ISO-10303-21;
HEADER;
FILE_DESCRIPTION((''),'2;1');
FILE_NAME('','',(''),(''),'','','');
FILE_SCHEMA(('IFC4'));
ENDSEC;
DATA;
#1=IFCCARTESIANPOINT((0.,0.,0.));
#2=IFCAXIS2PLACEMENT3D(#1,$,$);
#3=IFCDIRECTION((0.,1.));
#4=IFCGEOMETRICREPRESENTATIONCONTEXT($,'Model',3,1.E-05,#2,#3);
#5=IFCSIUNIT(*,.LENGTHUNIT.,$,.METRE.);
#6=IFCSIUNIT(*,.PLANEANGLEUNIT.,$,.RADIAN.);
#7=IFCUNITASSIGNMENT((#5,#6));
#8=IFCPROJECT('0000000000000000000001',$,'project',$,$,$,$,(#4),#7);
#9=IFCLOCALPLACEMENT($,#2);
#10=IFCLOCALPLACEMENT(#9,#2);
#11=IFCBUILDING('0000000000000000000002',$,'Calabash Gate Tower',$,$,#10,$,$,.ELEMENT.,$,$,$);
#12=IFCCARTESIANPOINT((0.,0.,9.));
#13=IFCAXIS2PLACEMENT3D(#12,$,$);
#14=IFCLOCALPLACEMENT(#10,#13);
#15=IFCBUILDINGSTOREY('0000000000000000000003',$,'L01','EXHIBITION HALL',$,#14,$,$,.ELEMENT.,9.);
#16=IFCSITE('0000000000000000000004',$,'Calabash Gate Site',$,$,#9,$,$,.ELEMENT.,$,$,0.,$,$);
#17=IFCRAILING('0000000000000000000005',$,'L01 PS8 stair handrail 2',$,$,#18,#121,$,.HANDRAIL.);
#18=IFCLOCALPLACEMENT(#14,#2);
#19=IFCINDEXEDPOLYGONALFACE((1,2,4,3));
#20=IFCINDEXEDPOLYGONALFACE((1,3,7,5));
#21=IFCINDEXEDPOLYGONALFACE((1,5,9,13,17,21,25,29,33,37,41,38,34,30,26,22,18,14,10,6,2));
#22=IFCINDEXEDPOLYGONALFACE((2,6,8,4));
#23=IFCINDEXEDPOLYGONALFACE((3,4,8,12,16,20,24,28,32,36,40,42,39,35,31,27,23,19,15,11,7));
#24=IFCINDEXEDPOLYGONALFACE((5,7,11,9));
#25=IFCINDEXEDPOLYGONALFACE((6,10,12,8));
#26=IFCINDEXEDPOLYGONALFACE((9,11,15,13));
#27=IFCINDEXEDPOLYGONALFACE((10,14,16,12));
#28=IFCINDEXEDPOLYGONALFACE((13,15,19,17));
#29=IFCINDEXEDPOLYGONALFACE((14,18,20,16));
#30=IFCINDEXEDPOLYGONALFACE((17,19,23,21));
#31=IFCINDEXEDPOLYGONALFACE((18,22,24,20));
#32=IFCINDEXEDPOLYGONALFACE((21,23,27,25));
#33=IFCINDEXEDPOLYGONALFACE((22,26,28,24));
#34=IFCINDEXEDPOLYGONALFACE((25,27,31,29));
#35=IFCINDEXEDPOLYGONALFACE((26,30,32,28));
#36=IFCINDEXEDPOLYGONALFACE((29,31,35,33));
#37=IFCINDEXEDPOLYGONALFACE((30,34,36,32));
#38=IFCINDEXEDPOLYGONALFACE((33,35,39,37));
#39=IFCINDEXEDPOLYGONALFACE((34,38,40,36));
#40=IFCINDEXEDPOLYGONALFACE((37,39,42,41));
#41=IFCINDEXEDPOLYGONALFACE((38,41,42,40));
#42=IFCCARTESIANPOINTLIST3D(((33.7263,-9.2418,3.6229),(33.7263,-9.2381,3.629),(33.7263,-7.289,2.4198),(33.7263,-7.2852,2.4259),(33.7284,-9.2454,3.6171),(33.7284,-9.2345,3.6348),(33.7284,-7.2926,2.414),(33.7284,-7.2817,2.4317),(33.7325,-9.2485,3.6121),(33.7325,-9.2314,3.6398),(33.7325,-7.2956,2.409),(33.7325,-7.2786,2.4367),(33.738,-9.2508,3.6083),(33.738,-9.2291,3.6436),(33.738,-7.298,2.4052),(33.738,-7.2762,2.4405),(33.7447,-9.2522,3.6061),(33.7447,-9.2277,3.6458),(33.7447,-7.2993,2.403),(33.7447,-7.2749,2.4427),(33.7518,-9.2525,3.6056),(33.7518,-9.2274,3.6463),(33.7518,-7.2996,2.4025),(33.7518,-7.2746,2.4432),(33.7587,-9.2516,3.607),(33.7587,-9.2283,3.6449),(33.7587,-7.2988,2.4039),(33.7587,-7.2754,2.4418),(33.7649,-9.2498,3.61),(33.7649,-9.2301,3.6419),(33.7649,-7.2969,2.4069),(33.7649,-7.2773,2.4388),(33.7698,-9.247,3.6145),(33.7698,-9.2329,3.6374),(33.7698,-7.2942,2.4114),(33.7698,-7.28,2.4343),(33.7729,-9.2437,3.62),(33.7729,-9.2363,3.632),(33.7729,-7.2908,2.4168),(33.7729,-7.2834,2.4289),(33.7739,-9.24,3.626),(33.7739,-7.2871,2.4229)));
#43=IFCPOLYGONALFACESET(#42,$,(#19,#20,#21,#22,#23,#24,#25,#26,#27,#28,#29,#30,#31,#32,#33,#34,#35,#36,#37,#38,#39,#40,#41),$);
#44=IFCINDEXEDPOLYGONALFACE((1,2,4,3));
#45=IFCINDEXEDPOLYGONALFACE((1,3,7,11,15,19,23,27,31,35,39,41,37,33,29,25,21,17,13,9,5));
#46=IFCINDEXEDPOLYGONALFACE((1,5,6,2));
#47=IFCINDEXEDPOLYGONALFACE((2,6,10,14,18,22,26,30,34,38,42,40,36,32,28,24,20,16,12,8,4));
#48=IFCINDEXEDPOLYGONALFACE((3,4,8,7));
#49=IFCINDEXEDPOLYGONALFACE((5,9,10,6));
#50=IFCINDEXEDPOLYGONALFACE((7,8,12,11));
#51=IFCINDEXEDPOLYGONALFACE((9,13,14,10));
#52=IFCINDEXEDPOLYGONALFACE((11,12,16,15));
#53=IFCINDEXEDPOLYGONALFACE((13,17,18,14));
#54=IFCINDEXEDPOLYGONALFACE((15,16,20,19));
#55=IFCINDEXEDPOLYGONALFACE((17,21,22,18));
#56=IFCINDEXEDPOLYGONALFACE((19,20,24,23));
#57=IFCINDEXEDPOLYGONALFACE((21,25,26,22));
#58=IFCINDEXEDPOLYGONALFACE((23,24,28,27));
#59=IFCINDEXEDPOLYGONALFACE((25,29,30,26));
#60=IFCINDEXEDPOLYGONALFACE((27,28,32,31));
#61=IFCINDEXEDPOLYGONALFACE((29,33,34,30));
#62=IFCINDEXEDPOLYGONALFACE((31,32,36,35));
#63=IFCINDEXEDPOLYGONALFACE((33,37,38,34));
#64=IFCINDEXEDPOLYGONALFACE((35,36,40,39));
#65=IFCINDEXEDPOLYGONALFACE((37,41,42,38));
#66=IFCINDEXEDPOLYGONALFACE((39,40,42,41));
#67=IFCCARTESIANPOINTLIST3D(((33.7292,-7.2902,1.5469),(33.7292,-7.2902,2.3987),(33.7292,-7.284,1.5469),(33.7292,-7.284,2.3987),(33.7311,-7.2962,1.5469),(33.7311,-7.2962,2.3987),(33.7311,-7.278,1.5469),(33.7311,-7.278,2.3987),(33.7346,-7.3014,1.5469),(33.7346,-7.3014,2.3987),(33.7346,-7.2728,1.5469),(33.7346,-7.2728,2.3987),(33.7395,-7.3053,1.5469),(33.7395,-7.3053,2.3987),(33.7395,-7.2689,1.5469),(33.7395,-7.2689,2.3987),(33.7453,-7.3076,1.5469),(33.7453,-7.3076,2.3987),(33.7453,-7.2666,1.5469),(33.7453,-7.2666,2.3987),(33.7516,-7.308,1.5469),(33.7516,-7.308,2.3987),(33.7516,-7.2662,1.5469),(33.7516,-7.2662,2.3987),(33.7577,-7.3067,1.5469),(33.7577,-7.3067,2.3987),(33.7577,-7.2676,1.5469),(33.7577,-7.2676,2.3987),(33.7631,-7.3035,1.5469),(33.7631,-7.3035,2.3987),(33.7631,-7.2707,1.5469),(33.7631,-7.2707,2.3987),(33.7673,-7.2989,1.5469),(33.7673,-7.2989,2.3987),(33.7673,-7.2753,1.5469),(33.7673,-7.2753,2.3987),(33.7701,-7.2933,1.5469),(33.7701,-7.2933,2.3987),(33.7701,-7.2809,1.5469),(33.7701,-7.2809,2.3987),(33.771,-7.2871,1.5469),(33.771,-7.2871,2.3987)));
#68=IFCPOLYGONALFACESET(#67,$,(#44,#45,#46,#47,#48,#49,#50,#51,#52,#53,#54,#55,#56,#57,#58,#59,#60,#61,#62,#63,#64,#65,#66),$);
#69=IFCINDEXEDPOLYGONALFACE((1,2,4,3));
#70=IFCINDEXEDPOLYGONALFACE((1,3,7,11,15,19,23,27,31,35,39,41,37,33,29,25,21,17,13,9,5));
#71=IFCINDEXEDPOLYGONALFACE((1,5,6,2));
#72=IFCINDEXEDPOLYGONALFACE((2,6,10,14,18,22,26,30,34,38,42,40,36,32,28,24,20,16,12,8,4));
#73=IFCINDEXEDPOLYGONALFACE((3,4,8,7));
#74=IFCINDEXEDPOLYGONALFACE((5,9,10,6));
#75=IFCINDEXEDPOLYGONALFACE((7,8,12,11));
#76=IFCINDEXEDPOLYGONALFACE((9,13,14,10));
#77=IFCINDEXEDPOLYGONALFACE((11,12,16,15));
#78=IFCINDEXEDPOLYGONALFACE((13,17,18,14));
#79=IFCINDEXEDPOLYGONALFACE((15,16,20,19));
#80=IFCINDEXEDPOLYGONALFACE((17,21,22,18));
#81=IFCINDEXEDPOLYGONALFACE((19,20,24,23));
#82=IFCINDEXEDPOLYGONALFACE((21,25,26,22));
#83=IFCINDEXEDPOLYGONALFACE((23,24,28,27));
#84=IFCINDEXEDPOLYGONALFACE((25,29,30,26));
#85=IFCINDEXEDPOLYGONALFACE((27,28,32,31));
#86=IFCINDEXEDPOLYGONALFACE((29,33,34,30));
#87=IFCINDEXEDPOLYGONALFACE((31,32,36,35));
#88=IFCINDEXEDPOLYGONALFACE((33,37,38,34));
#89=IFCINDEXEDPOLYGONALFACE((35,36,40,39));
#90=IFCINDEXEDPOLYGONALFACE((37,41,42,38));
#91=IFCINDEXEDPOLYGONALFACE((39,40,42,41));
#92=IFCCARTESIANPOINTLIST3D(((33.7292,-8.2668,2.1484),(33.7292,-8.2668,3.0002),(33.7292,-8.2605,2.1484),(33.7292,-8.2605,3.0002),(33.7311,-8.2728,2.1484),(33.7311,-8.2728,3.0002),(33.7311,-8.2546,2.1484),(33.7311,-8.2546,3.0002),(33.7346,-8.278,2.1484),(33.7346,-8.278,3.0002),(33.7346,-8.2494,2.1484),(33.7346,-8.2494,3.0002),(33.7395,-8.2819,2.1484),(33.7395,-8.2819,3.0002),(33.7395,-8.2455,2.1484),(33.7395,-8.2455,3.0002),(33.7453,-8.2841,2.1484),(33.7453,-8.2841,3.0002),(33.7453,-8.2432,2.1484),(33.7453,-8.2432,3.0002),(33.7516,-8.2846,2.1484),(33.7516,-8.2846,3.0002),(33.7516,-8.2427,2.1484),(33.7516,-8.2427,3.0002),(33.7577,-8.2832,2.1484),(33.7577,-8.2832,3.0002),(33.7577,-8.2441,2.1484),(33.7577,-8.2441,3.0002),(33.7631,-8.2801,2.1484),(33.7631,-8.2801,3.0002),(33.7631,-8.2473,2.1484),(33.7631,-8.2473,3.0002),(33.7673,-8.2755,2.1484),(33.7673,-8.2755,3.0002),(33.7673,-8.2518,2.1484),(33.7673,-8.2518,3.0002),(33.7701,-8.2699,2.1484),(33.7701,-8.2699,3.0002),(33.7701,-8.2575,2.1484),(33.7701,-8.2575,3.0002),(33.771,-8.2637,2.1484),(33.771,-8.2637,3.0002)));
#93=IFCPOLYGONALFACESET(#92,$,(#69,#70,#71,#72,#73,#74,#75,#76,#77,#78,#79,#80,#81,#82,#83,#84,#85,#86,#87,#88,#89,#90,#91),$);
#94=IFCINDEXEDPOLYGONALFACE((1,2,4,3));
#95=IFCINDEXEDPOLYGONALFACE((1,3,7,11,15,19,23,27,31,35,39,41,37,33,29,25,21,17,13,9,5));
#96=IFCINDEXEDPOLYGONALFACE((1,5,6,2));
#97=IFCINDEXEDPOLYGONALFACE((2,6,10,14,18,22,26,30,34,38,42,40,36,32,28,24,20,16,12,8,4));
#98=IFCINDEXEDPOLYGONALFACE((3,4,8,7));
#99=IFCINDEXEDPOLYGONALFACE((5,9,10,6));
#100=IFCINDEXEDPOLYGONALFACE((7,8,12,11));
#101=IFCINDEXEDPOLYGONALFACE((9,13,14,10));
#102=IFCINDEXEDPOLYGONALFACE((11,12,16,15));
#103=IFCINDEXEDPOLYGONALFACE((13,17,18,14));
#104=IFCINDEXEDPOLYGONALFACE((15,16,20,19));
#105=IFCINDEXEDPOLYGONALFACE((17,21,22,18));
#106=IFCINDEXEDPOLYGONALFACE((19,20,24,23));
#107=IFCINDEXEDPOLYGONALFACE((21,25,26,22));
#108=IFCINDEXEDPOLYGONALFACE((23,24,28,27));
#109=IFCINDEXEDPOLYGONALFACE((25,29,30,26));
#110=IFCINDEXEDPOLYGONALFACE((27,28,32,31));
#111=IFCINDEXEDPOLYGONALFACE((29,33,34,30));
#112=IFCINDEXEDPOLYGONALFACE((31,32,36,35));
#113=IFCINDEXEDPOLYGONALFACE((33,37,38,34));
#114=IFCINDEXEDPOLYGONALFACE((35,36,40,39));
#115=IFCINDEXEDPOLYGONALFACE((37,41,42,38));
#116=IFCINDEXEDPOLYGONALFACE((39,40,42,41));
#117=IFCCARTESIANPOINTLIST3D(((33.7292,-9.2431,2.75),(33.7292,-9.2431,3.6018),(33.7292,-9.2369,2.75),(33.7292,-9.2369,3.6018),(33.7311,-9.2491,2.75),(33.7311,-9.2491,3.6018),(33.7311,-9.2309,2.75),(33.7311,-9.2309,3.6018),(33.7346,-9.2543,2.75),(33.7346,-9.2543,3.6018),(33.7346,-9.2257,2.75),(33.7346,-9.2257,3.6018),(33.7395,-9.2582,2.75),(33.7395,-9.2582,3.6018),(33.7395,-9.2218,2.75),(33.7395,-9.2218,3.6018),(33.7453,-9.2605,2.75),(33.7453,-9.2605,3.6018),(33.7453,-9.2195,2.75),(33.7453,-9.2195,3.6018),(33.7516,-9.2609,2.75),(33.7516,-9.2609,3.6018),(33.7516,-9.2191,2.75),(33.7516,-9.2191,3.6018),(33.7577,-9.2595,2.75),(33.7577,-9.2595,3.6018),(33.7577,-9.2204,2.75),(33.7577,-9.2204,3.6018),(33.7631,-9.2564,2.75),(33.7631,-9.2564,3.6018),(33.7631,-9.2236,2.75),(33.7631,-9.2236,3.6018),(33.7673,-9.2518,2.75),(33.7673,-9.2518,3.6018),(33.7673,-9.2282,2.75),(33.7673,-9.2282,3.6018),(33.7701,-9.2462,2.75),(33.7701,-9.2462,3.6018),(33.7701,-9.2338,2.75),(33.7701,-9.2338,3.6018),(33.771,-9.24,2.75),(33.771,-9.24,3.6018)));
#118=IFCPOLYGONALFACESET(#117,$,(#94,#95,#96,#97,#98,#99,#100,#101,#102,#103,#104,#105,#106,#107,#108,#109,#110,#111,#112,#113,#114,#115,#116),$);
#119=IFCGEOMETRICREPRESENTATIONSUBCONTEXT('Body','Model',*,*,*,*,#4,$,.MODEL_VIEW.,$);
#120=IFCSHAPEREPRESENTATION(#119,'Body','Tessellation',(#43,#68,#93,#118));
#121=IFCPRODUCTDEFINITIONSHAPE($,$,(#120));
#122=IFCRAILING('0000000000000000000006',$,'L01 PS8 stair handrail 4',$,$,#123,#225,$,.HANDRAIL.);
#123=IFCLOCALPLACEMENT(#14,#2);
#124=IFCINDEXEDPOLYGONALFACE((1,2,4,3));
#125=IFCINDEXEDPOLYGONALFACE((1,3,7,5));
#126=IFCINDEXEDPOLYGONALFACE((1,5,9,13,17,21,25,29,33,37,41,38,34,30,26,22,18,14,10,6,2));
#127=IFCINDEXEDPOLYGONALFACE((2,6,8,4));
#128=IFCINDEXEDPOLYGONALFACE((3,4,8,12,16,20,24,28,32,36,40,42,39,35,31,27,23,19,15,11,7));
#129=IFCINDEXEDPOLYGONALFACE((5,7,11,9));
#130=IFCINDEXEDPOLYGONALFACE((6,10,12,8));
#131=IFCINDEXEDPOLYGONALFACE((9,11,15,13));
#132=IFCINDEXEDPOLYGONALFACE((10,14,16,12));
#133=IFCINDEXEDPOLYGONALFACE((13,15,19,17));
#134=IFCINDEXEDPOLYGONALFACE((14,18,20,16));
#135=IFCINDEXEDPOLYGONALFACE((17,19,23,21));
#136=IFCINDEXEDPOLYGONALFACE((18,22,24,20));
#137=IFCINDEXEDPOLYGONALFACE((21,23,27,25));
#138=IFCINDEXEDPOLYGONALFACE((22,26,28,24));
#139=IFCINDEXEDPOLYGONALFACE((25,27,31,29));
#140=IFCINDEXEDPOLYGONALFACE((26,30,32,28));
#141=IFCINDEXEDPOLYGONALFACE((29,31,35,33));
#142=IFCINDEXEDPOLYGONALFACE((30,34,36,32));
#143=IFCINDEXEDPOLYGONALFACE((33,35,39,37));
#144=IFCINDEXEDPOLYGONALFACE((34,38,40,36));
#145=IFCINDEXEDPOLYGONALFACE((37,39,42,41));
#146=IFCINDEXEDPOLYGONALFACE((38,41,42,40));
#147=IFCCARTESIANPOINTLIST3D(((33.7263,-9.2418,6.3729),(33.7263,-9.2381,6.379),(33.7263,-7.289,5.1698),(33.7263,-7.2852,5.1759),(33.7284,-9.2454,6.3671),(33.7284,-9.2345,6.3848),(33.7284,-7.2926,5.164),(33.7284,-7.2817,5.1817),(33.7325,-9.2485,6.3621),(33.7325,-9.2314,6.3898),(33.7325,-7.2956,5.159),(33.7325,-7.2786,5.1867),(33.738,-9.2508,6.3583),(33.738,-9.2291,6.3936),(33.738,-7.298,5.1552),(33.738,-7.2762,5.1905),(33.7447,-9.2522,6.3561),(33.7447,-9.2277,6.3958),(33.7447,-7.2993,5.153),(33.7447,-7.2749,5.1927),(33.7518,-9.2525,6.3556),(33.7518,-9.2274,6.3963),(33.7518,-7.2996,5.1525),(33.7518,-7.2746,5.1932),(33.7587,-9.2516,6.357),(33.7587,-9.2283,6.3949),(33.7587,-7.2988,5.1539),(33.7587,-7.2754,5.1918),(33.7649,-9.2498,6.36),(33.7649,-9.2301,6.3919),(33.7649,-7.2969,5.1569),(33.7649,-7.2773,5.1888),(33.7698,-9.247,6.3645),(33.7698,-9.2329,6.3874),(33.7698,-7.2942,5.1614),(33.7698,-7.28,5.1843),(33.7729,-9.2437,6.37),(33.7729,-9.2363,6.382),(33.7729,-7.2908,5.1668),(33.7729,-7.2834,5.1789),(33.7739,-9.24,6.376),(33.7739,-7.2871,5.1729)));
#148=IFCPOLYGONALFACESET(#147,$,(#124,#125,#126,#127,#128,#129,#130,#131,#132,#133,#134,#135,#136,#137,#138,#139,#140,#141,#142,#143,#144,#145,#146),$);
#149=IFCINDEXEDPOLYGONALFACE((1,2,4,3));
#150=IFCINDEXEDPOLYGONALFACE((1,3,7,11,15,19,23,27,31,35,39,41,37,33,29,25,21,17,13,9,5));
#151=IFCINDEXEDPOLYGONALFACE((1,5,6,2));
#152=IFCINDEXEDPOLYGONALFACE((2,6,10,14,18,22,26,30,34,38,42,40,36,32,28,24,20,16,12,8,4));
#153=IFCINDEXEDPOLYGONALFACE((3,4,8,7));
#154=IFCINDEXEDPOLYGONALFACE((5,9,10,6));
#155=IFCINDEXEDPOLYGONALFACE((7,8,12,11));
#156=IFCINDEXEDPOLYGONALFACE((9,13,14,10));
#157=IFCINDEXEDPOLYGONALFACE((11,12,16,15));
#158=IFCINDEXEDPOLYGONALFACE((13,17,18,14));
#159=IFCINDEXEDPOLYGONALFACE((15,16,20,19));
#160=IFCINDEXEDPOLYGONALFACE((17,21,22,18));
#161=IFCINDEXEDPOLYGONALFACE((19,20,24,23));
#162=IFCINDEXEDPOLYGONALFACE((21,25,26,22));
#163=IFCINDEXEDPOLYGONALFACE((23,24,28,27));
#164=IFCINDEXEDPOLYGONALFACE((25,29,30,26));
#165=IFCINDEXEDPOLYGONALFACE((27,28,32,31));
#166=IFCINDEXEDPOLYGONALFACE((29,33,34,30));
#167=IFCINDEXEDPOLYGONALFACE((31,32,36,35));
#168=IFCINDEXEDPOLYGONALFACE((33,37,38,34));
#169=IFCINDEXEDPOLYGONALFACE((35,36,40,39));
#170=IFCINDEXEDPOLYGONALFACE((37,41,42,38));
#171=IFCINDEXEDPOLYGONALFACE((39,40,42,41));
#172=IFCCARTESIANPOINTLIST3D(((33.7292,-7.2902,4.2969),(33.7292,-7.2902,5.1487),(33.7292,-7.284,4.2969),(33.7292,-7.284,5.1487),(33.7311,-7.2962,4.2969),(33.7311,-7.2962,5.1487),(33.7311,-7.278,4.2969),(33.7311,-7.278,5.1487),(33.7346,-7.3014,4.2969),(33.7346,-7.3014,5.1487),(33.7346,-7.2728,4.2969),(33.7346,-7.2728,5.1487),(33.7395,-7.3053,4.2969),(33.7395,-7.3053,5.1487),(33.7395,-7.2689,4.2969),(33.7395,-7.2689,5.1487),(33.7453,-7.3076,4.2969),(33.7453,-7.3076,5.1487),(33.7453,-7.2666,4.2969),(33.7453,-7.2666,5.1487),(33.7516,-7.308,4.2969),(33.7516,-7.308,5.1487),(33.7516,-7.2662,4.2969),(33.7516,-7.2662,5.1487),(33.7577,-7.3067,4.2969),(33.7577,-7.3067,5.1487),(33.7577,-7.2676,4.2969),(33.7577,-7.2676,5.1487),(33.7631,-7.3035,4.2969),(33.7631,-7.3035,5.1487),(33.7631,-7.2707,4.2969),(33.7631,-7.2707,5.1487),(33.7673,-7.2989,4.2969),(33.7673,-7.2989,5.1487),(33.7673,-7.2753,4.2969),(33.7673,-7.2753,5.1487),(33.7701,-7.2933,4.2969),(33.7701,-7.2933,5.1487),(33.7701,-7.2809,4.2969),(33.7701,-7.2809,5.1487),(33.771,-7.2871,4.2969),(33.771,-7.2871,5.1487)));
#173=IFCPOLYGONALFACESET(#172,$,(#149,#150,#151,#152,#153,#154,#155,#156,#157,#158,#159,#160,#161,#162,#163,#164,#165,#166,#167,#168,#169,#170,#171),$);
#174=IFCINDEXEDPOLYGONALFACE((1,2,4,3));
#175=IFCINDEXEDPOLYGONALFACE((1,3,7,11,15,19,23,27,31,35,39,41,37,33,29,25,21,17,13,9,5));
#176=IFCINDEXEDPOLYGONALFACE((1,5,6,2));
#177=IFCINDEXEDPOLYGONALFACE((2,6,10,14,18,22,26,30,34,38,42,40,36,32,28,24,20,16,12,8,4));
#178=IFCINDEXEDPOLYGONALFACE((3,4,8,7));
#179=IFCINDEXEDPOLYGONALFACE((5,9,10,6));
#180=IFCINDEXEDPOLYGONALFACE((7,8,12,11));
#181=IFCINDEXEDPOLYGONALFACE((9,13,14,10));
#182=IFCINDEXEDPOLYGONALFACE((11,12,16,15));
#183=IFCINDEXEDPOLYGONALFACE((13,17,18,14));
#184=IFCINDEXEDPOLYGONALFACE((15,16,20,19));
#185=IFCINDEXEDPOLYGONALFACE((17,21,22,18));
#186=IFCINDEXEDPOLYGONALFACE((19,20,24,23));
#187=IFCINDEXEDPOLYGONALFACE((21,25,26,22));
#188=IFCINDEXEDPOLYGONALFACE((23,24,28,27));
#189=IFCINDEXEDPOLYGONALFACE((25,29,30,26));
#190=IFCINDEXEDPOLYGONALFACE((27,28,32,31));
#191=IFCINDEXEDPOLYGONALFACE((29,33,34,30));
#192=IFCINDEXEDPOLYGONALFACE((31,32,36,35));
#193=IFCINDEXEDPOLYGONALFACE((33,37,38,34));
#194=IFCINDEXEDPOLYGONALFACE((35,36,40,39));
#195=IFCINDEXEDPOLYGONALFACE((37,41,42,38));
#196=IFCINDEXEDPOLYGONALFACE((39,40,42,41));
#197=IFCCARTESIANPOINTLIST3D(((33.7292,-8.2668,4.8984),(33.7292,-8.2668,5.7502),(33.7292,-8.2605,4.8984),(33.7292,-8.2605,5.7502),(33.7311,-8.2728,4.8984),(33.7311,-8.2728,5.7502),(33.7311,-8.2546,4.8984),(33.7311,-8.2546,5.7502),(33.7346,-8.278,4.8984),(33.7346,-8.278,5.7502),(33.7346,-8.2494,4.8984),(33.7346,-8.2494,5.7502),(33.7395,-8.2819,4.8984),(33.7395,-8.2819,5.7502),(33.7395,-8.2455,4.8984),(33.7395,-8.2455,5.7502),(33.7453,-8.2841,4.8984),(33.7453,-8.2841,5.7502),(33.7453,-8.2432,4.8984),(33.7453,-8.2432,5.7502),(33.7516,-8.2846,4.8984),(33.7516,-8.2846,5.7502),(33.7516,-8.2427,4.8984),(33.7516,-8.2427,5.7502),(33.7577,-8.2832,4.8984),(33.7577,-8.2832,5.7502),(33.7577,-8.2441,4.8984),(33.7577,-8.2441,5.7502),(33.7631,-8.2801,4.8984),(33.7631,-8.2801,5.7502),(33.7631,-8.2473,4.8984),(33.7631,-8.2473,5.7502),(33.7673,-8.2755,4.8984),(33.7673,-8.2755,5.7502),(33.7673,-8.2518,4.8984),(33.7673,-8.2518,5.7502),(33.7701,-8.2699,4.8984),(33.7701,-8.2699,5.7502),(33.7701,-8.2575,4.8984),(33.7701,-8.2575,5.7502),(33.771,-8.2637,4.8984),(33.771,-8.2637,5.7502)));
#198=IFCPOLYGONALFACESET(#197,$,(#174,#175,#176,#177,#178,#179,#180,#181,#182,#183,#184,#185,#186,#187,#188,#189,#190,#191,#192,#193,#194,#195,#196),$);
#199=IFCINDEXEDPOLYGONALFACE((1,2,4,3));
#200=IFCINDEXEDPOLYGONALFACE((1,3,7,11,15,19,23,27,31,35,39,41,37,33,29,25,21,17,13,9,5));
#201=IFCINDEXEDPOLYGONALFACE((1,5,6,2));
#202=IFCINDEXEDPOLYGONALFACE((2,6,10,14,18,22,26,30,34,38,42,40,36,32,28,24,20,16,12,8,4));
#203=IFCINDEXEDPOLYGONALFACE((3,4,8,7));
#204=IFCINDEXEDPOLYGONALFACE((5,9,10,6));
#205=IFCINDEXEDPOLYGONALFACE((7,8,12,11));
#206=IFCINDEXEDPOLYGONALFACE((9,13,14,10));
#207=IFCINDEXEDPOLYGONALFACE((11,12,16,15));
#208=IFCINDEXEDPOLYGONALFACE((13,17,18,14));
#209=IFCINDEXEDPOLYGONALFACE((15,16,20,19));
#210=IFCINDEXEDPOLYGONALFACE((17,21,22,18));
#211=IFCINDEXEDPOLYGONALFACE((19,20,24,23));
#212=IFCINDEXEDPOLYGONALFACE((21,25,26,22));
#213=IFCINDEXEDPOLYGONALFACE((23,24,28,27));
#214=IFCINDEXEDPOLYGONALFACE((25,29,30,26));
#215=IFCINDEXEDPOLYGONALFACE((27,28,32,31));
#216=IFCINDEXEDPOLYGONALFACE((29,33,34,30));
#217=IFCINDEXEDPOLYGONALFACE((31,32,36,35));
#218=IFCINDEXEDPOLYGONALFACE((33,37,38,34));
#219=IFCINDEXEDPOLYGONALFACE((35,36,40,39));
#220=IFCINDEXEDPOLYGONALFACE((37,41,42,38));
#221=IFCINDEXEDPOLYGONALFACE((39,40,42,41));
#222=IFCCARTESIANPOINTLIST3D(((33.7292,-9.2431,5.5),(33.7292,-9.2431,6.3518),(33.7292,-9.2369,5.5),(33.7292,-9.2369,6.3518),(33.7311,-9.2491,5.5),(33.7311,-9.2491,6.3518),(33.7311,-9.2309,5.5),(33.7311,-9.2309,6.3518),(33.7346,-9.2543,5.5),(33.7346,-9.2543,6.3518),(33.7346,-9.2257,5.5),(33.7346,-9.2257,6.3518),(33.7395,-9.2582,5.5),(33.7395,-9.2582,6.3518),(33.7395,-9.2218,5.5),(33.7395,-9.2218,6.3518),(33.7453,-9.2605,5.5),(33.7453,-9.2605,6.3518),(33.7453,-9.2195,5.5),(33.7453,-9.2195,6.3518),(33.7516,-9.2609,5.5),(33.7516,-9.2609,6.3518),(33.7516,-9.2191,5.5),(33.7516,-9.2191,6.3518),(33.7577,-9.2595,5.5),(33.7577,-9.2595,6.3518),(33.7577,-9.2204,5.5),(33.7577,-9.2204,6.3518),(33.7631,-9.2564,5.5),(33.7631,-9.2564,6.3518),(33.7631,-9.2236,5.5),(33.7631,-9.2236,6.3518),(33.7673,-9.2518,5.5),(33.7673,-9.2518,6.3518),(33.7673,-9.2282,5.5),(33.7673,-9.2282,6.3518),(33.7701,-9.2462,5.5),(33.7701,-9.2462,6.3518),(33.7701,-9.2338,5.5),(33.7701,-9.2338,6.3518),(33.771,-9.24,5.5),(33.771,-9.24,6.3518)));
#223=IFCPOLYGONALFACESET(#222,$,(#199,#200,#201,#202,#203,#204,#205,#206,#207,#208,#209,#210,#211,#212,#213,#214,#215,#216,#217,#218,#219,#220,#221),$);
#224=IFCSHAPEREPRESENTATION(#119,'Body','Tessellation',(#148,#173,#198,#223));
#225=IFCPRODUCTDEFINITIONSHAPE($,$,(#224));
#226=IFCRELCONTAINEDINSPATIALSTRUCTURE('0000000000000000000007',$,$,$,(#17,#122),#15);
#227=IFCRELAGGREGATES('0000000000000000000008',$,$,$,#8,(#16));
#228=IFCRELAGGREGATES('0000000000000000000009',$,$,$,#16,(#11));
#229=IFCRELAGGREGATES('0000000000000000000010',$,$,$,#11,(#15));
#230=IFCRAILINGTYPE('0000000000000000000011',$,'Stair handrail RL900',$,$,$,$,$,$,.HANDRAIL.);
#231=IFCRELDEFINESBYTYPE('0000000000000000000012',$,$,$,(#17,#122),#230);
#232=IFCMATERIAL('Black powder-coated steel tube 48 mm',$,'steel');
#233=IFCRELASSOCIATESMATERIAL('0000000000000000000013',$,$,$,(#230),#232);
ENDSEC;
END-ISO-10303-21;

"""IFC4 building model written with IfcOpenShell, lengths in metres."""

from ifc_helpers import new_model, si_unit, direction, frame, origin, origin_2d, place, context, subcontext, project, spatial, circle, extrude, material, type_object, element, save


model = new_model("IFC4")

# Units and contexts
model_context = context("Model", 3, precision=1e-05, world=origin(), true_north=direction((0.0, 1.0)))
body_context = subcontext(model_context, "Body", "Model", "MODEL_VIEW")
ifc_project = project(units=[si_unit("LENGTHUNIT", "METRE"), si_unit("PLANEANGLEUNIT", "RADIAN")], contexts=[model_context])

# Site, building, storey
site_placement = place(None, origin())
site = spatial("IfcSite", under=ifc_project, at=site_placement, Name="Calabash Gate Site", CompositionType="ELEMENT", RefElevation=0.0)
building_placement = place(site_placement, origin())
building = spatial("IfcBuilding", under=site, at=building_placement, Name="Calabash Gate Tower", CompositionType="ELEMENT")
storey_placement = place(building_placement, frame((0.0, 0.0, 9.0)))
storey = spatial("IfcBuildingStorey", under=building, at=storey_placement, Name="L01", Description="EXHIBITION HALL", CompositionType="ELEMENT", Elevation=9.0)

# Railings
ifc_material_1 = material(Name="Black powder-coated steel tube 48 mm", Category="steel")
railing_type_1 = type_object("IfcRailingType", Name="Stair handrail RL900", PredefinedType="HANDRAIL", material=ifc_material_1)
for number, where, name in (
    (1, (33.75, -7.2871, 1.5469), "L01 PS8 stair handrail 2"),
    (2, (33.75, -7.2871, 4.2969), "L01 PS8 stair handrail 4"),
):
    element("IfcRailing", number, at=place(storey_placement, frame(where)), inside=storey, type_object=railing_type_1, Name=name, PredefinedType="HANDRAIL", context=body_context, shape_type="SweptSolid", body=[
        extrude(circle(Radius=0.0239, at=origin_2d()), frame((0.0, 0.0, 0.876), z_axis=(0.0, -0.851395, 0.524525), x_axis=(1.0, 0.0, 0.0)), (0.0, 0.0, 1.0), 2.2937),
        extrude(circle(Radius=0.021, at=origin_2d()), origin(), (0.0, 0.0, 1.0), 0.8518),
        extrude(circle(Radius=0.021, at=origin_2d()), frame((0.0, -0.9766, 0.6016)), (0.0, 0.0, 1.0), 0.8518),
        extrude(circle(Radius=0.021, at=origin_2d()), frame((0.0, -1.9529, 1.2031)), (0.0, 0.0, 1.0), 0.8518),
    ])

save(model, "model.ifc")
